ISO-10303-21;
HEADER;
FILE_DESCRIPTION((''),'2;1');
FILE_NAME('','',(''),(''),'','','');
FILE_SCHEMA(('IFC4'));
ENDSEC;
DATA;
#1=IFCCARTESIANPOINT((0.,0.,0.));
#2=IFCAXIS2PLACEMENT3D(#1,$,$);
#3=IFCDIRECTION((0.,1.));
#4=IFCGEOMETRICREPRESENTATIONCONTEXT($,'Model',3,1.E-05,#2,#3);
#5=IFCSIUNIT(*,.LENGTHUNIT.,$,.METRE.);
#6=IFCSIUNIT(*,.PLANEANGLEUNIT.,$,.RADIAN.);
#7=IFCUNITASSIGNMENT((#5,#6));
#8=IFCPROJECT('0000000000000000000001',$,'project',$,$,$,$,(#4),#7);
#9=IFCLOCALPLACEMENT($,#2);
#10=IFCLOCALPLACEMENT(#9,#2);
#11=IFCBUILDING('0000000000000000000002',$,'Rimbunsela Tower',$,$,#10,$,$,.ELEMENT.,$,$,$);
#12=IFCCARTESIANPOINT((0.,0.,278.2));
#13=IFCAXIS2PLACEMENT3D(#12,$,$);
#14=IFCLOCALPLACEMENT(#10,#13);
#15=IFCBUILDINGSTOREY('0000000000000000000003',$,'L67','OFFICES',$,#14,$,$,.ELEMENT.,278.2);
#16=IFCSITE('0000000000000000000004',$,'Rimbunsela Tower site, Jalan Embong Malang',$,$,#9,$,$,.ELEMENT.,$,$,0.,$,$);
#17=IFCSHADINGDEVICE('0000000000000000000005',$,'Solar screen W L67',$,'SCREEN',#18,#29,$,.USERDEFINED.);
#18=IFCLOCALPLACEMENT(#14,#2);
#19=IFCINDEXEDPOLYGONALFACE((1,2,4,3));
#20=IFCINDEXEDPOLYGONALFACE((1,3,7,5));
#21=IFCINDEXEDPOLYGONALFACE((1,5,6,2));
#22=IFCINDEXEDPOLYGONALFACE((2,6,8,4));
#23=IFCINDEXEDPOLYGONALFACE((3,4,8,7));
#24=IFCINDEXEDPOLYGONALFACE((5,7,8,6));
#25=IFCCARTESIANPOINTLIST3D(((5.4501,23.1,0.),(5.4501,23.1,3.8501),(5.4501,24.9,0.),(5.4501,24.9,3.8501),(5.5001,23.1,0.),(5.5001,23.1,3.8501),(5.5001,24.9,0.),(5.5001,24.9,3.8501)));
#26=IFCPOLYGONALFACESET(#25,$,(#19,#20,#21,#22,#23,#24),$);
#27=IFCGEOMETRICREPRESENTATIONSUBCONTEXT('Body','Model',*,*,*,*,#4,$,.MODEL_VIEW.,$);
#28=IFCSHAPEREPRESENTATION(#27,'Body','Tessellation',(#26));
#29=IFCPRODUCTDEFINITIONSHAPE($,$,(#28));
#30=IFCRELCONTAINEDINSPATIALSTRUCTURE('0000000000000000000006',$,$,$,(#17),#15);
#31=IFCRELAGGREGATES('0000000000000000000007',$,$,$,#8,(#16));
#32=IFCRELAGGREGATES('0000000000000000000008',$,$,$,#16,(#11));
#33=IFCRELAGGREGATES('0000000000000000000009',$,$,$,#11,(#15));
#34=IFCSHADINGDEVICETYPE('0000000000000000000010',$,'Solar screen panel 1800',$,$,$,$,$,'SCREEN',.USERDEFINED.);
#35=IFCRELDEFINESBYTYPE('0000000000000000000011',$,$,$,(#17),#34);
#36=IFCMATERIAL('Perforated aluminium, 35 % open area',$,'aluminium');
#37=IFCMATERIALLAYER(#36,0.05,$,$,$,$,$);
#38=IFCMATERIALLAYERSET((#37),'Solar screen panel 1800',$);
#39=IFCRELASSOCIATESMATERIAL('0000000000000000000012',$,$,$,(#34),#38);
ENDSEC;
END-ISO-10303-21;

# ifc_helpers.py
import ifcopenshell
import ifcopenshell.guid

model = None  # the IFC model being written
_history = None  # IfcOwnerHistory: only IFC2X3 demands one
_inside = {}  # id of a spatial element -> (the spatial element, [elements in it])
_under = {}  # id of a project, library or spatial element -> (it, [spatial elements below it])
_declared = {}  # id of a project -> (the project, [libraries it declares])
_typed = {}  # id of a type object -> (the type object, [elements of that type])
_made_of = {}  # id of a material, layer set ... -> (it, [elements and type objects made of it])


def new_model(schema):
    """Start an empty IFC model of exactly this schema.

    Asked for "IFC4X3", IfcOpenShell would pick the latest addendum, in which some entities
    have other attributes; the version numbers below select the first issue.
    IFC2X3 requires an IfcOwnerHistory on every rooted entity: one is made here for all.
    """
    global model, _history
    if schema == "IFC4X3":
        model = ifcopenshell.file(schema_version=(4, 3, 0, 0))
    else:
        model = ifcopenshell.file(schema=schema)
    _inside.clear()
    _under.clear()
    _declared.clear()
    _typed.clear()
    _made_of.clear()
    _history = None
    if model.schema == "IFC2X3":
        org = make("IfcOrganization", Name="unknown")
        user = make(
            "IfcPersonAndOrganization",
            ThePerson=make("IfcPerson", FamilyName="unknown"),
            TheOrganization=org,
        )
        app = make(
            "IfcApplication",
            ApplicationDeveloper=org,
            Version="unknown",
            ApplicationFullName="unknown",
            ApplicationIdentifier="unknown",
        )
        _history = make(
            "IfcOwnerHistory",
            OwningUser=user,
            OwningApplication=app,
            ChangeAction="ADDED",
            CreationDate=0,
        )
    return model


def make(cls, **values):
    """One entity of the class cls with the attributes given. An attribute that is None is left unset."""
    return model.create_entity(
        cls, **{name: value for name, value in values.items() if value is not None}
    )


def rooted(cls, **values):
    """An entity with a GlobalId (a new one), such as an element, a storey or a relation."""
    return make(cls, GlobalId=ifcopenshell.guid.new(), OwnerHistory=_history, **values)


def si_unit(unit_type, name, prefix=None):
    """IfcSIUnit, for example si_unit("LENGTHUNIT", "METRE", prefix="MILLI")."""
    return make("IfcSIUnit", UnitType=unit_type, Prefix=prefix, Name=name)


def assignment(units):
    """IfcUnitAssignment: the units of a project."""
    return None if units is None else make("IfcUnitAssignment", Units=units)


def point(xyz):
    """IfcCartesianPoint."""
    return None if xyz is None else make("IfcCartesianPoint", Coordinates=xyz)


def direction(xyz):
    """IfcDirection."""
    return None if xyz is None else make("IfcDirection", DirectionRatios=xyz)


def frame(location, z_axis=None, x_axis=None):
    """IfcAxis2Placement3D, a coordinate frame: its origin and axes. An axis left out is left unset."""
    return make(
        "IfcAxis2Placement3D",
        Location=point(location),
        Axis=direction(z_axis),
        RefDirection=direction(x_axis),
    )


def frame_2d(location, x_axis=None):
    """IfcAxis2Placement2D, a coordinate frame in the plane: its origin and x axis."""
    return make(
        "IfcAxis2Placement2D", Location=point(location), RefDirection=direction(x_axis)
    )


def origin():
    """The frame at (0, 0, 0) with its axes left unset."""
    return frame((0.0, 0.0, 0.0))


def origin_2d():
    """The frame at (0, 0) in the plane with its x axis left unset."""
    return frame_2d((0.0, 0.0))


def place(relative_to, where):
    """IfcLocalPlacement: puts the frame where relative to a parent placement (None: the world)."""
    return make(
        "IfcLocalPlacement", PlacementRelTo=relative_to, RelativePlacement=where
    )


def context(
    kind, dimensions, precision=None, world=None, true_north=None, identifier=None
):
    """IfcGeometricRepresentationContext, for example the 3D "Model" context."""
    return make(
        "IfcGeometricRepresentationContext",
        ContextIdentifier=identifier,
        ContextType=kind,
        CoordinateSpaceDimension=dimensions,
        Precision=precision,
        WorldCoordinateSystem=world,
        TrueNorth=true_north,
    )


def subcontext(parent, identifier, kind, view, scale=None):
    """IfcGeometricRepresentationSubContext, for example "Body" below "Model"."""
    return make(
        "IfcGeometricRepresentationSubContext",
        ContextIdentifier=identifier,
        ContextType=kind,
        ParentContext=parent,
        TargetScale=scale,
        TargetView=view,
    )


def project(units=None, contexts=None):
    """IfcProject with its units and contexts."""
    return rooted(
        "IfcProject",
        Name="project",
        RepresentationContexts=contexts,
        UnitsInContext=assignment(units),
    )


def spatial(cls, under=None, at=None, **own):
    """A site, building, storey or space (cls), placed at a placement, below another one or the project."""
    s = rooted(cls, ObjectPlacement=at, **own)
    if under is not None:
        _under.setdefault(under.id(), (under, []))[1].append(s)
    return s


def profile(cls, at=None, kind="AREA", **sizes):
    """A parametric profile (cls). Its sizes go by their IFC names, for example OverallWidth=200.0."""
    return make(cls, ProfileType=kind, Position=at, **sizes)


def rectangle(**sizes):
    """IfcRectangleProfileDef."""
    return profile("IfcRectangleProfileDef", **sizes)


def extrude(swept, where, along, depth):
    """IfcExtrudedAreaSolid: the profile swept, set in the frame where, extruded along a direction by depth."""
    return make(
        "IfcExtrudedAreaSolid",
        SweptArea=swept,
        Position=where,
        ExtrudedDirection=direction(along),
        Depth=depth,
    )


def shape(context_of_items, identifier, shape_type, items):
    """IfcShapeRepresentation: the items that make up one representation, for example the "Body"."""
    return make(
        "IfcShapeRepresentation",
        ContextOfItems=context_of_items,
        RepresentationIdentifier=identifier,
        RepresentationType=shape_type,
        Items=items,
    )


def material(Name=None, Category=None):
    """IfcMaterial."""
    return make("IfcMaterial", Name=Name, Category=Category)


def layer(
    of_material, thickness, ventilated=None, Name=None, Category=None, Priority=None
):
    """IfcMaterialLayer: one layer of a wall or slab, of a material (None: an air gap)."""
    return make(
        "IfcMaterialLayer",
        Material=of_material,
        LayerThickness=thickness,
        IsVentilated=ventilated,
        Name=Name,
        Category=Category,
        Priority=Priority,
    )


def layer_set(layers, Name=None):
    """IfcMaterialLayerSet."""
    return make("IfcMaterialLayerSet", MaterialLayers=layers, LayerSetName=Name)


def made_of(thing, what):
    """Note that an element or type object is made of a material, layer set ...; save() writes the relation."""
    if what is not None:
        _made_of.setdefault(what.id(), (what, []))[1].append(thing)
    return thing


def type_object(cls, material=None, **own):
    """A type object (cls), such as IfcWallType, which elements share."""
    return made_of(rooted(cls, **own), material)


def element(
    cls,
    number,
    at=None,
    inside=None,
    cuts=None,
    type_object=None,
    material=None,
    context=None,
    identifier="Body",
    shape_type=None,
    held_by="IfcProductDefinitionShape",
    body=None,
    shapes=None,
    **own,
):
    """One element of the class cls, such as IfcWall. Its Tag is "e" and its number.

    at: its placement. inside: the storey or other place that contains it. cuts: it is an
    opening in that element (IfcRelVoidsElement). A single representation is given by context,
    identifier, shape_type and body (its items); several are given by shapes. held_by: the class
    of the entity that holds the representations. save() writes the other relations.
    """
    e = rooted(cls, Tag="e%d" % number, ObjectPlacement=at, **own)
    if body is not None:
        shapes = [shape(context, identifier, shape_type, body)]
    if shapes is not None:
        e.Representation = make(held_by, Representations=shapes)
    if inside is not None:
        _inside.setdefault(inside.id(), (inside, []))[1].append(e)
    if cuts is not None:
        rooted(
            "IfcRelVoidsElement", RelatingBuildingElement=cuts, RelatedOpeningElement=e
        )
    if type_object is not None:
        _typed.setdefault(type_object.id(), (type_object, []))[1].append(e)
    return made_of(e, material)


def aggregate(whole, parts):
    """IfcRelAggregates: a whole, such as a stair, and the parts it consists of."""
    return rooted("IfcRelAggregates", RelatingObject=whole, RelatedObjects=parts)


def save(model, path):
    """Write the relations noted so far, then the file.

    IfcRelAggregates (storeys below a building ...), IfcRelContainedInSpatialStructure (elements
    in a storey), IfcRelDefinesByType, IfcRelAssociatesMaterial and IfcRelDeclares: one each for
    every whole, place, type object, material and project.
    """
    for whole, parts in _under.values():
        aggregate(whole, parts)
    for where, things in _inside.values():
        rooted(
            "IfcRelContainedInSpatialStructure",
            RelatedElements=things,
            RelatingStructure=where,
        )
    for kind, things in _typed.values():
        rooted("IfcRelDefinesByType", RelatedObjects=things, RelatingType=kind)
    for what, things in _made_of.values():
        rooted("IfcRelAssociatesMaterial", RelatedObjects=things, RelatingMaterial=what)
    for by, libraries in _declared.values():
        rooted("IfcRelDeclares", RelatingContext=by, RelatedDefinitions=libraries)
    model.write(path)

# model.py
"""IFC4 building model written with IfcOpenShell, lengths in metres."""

from ifc_helpers import new_model, si_unit, direction, frame, origin, origin_2d, place, context, subcontext, project, spatial, rectangle, extrude, material, layer, layer_set, type_object, element, save


model = new_model("IFC4")

# Units and contexts
model_context = context("Model", 3, precision=1e-05, world=origin(), true_north=direction((0.0, 1.0)))
body_context = subcontext(model_context, "Body", "Model", "MODEL_VIEW")
ifc_project = project(units=[si_unit("LENGTHUNIT", "METRE"), si_unit("PLANEANGLEUNIT", "RADIAN")], contexts=[model_context])

# Site, building, storey
site_placement = place(None, origin())
site = spatial("IfcSite", under=ifc_project, at=site_placement, Name="Rimbunsela Tower site, Jalan Embong Malang", CompositionType="ELEMENT", RefElevation=0.0)
building_placement = place(site_placement, origin())
building = spatial("IfcBuilding", under=site, at=building_placement, Name="Rimbunsela Tower", CompositionType="ELEMENT")
storey_placement = place(building_placement, frame((0.0, 0.0, 278.2)))
storey = spatial("IfcBuildingStorey", under=building, at=storey_placement, Name="L67", Description="OFFICES", CompositionType="ELEMENT", Elevation=278.2)

# Shading device
ifc_material_1 = material(Name="Perforated aluminium, 35 % open area", Category="aluminium")
ifc_layer_1 = layer(ifc_material_1, 0.05)
ifc_layer_set_1 = layer_set([ifc_layer_1], Name="Solar screen panel 1800")
shading_device_type = type_object("IfcShadingDeviceType", Name="Solar screen panel 1800", ElementType="SCREEN", PredefinedType="USERDEFINED", material=ifc_layer_set_1)
for number, where, z_axis, x_axis, name in (
    (1, (5.4751, 24.0, 0.0), (0.0, 0.0, 1.0), (0.0, 1.0, 0.0), "Solar screen W L67"),
):
    element("IfcShadingDevice", number, at=place(storey_placement, frame(where, z_axis=z_axis, x_axis=x_axis)), inside=storey, type_object=shading_device_type, Name=name, ObjectType="SCREEN", PredefinedType="USERDEFINED", context=body_context, shape_type="SweptSolid", body=[
        extrude(rectangle(XDim=1.8, YDim=0.05, at=origin_2d()), origin(), (0.0, 0.0, 1.0), 3.8501),
    ])

save(model, "model.ifc")
